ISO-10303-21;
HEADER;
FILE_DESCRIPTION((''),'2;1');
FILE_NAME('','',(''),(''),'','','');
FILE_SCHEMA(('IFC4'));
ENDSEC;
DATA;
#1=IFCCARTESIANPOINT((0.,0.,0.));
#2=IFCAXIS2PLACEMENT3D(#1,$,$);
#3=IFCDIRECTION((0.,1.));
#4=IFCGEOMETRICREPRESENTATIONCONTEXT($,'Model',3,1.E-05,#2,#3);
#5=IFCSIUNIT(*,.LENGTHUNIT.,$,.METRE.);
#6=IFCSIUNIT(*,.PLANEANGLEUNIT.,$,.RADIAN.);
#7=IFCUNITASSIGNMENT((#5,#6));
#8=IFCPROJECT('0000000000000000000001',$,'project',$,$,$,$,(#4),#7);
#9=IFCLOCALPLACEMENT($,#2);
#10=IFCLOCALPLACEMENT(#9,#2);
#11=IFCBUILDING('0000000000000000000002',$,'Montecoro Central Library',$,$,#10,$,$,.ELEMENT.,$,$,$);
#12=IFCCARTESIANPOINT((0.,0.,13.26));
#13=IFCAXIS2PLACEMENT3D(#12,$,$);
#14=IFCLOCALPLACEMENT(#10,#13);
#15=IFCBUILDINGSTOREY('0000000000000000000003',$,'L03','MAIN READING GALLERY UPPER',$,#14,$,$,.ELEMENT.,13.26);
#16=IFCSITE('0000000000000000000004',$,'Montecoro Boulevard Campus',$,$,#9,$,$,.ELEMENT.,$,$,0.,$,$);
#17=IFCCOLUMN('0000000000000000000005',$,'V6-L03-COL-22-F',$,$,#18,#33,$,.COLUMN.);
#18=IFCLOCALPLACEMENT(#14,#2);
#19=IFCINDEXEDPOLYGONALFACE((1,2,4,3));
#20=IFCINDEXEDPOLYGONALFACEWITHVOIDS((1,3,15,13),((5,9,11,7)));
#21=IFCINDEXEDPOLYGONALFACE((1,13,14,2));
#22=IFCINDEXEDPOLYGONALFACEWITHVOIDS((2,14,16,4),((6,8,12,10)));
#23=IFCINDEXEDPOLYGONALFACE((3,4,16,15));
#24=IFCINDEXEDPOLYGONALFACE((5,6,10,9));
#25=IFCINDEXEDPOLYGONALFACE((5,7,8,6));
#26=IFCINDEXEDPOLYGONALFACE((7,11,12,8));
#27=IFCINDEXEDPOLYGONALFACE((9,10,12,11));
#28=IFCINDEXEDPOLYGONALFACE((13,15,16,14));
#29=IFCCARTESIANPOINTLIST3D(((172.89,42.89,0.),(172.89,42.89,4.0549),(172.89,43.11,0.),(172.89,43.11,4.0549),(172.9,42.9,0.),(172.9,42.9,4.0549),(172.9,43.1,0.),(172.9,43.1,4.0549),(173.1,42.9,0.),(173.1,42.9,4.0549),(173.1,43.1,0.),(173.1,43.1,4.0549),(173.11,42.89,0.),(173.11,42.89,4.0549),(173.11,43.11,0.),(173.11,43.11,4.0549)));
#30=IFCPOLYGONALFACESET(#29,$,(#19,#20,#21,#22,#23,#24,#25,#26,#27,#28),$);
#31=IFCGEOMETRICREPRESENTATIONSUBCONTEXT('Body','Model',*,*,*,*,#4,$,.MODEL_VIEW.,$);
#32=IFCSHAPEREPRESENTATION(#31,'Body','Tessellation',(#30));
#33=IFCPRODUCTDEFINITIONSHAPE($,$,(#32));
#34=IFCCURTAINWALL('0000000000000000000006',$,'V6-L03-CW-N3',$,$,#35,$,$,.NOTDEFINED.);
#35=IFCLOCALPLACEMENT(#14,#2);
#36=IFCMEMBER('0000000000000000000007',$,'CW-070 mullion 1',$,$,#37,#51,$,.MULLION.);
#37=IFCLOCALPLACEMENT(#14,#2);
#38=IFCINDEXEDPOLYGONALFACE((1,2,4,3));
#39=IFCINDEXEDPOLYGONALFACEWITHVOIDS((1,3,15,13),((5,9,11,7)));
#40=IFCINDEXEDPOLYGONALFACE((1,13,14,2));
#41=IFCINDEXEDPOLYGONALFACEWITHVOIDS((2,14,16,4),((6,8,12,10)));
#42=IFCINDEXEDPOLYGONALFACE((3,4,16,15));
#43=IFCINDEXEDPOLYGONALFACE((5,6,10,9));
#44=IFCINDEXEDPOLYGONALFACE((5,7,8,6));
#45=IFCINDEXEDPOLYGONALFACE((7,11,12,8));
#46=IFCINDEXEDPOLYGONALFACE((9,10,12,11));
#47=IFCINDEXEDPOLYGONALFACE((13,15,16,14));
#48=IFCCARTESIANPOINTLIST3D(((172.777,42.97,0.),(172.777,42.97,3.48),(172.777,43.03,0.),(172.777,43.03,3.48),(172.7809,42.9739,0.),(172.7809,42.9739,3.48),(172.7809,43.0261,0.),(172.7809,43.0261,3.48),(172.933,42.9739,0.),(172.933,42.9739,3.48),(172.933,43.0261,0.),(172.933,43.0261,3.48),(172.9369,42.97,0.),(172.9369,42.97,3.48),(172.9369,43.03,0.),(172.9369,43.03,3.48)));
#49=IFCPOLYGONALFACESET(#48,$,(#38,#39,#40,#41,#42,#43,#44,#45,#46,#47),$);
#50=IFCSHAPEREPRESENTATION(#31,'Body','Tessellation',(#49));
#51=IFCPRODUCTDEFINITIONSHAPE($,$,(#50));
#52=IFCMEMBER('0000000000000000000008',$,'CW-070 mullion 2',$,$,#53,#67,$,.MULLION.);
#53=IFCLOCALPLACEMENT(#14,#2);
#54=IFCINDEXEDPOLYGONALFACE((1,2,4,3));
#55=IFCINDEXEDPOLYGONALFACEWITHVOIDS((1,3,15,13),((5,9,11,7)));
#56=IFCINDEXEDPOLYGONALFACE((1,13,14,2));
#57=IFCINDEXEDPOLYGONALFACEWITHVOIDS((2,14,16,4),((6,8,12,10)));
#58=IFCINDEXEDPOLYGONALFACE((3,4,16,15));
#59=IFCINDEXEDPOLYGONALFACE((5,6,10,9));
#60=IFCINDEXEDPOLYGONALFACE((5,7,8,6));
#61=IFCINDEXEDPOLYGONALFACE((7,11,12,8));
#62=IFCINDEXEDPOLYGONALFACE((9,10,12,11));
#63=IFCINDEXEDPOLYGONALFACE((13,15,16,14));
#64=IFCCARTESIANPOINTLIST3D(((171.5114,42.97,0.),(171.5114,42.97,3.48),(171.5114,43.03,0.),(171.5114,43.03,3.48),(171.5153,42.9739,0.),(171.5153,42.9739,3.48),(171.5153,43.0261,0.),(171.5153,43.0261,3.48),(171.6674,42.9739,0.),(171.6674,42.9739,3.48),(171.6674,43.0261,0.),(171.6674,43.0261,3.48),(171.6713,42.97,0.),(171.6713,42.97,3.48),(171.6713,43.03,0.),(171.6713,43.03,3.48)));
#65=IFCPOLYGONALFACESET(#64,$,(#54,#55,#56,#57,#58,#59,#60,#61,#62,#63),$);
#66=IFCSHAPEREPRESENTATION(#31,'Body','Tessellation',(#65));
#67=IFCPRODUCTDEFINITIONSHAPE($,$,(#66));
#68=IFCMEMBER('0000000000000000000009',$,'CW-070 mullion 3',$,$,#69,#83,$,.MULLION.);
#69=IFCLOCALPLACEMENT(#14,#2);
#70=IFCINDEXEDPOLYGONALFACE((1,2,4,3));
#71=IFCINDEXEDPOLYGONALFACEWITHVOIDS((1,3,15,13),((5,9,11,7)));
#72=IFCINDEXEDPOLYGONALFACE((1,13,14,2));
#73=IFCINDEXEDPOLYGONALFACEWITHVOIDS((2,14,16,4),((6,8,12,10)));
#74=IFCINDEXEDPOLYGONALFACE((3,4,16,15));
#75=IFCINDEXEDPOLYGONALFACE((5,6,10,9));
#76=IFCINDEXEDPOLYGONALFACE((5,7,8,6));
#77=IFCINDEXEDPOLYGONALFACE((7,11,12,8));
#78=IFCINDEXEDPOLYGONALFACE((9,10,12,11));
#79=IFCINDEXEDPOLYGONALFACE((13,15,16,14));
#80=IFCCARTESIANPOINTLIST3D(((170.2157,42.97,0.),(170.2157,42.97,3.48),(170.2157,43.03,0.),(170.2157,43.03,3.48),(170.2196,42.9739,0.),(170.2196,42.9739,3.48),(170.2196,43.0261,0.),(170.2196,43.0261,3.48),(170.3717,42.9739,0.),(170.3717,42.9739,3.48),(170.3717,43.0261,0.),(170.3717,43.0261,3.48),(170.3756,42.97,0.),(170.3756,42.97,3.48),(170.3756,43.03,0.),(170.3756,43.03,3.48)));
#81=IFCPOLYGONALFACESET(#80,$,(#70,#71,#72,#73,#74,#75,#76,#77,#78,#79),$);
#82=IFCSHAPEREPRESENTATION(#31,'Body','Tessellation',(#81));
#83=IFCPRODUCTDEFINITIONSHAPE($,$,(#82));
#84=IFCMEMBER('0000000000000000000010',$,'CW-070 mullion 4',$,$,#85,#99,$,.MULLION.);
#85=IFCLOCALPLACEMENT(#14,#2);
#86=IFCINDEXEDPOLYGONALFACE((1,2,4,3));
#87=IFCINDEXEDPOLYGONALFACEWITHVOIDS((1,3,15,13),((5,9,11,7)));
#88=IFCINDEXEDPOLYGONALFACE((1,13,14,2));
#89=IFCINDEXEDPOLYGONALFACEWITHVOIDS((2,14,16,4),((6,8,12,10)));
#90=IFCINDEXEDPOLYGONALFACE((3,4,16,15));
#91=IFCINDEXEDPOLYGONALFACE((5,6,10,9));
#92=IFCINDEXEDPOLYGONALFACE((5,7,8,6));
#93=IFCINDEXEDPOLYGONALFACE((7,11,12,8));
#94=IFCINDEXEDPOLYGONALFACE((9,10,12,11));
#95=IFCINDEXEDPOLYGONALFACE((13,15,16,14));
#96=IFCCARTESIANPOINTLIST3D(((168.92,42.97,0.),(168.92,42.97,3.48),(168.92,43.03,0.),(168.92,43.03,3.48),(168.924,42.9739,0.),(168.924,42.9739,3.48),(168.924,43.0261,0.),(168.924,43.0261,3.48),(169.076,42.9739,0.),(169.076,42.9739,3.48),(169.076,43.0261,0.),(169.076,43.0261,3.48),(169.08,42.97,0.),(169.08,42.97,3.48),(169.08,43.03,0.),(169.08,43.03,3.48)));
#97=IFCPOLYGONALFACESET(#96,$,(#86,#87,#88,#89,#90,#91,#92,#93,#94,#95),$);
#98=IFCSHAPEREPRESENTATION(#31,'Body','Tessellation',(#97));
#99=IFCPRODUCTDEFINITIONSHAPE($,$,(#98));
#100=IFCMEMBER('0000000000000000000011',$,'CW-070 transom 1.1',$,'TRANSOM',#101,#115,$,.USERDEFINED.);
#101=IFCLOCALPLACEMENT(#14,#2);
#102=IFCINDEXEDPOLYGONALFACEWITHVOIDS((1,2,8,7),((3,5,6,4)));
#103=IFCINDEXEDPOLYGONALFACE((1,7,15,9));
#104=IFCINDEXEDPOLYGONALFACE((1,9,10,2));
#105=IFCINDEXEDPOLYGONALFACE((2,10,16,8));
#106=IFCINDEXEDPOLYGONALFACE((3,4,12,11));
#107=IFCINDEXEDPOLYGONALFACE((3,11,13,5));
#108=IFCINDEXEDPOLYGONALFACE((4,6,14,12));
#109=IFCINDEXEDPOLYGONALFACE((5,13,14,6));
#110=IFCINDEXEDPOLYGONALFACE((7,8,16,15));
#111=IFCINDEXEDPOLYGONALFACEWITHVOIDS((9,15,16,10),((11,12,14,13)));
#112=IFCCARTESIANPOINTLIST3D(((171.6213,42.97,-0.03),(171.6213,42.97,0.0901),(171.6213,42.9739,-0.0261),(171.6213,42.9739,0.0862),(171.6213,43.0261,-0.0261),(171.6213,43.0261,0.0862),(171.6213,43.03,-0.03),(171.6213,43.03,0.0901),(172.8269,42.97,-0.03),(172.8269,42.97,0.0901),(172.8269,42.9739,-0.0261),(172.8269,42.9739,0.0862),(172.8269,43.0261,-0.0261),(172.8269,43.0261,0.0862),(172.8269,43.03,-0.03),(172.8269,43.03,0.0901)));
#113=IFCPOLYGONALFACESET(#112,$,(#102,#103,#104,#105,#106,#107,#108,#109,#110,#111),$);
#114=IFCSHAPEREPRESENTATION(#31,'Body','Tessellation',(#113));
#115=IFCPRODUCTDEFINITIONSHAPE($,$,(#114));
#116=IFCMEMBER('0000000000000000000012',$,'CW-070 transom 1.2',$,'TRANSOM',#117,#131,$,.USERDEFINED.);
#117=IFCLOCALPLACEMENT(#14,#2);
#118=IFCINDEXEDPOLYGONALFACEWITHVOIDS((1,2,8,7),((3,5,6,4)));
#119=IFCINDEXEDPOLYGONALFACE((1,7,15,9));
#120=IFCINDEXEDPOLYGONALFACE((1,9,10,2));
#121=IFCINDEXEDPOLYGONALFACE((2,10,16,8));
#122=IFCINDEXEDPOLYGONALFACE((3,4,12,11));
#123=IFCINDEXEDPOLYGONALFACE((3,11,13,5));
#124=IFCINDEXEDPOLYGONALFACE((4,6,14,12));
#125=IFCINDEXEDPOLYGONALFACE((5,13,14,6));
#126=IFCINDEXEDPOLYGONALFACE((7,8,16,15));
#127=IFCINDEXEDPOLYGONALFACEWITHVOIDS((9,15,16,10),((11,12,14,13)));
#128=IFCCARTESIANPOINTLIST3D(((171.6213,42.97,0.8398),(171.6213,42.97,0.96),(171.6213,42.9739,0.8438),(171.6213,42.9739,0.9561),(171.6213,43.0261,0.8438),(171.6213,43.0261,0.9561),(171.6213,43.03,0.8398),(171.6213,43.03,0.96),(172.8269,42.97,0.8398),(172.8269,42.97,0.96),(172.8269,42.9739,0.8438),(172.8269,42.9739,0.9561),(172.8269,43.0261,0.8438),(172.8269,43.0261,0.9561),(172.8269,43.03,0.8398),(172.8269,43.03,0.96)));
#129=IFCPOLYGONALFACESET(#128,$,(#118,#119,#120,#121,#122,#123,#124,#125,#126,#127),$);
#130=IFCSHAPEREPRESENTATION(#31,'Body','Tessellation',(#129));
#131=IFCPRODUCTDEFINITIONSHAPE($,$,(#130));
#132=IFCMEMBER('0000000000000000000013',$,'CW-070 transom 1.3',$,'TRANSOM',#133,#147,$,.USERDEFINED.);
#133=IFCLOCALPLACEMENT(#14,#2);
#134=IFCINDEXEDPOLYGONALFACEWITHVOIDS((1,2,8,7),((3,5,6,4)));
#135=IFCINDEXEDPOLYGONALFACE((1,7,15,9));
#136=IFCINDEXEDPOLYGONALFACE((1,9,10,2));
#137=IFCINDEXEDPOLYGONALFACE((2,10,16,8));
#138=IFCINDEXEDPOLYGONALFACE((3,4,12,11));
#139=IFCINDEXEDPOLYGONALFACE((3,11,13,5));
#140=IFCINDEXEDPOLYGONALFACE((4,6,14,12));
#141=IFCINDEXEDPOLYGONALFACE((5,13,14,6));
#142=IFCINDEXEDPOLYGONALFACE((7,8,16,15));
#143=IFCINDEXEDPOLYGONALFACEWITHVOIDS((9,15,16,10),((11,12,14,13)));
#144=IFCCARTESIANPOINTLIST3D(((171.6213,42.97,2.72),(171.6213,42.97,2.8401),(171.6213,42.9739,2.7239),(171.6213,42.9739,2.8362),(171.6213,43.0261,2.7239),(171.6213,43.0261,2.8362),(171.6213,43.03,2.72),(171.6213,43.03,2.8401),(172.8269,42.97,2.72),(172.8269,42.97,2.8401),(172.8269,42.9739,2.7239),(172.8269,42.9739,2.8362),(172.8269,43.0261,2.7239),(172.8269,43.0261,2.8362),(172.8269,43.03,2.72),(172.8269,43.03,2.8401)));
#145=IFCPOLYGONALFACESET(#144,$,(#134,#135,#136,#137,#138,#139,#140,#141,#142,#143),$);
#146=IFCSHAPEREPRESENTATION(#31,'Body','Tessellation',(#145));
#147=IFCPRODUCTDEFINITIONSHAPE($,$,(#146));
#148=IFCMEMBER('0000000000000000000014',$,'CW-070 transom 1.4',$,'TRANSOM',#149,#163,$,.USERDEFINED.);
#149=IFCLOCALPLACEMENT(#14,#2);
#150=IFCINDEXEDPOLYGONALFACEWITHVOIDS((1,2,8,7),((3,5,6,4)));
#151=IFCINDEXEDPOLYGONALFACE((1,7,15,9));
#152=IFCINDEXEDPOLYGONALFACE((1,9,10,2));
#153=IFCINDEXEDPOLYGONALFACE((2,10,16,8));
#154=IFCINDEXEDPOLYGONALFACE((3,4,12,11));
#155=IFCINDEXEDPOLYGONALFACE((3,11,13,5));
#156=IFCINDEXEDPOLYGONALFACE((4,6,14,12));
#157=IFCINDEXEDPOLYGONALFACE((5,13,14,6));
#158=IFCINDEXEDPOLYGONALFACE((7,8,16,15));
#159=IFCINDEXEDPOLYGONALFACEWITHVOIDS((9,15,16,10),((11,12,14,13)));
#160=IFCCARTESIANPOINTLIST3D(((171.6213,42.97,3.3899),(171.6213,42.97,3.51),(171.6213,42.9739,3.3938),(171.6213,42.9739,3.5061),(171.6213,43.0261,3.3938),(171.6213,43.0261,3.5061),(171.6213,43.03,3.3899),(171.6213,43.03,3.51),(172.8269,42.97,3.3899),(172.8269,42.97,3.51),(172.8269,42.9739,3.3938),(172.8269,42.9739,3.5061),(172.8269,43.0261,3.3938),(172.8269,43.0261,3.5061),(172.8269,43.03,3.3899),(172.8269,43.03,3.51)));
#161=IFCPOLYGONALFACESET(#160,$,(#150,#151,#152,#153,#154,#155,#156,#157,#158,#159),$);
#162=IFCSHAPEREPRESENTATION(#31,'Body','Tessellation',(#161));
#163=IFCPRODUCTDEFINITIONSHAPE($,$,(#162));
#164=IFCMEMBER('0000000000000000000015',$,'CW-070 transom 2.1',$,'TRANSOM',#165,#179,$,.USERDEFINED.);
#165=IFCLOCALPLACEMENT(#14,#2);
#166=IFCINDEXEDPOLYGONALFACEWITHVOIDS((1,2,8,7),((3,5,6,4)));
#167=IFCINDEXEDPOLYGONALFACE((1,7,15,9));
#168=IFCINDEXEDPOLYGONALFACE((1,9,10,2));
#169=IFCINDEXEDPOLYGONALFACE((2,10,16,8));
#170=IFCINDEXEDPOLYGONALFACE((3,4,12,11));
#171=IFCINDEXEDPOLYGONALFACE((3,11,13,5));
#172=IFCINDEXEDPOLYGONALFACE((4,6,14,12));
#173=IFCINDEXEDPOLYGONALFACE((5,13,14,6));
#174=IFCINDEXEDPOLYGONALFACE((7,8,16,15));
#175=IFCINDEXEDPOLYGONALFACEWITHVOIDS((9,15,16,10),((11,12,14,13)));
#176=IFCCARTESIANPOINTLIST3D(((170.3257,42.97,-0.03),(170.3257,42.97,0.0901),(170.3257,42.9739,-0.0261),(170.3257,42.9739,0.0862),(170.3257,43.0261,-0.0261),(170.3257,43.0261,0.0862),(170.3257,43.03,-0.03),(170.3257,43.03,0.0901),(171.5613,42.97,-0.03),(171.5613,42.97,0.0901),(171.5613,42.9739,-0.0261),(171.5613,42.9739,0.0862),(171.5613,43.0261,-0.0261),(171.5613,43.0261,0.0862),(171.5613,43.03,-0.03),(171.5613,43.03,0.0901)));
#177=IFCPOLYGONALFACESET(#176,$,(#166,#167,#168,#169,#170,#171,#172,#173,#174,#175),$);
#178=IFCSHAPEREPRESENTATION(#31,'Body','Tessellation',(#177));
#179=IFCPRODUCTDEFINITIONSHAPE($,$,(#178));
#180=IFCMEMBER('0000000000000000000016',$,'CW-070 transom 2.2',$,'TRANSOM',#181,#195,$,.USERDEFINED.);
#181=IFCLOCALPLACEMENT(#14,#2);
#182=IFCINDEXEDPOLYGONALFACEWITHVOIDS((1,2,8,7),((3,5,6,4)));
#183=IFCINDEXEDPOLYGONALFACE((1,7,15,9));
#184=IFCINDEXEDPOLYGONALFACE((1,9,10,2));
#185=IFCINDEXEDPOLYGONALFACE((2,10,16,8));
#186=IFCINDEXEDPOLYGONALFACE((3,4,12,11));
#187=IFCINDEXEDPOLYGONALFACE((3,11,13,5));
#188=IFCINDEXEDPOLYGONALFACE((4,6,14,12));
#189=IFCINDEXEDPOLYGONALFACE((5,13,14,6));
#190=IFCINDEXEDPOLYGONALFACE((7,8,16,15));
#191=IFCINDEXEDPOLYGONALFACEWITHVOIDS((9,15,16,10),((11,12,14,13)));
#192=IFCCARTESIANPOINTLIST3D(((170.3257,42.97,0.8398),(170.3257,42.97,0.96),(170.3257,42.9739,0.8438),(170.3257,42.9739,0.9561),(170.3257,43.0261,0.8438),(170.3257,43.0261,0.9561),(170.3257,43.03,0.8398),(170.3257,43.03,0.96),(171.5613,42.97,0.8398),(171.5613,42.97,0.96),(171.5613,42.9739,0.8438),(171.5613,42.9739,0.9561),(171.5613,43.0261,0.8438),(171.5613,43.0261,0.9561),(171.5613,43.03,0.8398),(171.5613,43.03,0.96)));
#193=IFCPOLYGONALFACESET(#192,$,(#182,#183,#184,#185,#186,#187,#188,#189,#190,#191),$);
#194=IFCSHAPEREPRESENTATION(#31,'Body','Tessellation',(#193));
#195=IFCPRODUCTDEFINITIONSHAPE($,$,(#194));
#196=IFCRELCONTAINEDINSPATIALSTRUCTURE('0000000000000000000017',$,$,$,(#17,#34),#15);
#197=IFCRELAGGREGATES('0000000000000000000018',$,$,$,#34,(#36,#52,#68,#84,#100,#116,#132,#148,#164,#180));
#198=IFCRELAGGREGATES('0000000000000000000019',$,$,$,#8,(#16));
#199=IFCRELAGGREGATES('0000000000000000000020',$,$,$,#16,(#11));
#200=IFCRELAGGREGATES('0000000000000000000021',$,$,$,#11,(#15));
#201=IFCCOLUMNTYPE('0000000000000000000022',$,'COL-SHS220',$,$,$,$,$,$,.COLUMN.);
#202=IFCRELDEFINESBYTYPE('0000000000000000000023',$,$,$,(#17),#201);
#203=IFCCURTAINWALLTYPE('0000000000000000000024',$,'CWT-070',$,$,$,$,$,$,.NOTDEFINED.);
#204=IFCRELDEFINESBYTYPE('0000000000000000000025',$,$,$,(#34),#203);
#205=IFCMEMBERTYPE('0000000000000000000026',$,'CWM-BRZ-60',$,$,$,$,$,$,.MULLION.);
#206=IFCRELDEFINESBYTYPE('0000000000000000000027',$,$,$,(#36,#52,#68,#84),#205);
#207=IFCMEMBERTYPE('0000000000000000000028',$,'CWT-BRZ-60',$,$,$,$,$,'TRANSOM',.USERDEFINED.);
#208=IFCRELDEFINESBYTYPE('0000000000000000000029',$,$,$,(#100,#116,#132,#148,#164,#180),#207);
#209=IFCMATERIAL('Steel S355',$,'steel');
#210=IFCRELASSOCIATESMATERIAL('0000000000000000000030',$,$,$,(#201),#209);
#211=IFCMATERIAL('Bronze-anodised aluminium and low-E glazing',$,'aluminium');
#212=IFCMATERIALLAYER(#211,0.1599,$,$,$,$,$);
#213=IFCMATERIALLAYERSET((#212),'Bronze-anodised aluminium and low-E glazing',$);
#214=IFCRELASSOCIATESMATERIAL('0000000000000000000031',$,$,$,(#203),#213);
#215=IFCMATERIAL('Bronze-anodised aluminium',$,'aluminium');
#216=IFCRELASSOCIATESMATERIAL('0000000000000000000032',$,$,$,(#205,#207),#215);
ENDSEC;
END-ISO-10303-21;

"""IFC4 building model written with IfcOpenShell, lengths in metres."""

from ifc_helpers import new_model, si_unit, direction, frame, origin, origin_2d, place, context, subcontext, project, spatial, hollow_rectangle, extrude, material, layer, layer_set, material_profile, profile_set, type_object, element, aggregate, save


model = new_model("IFC4")

# Units and contexts
model_context = context("Model", 3, precision=1e-05, world=origin(), true_north=direction((0.0, 1.0)))
body_context = subcontext(model_context, "Body", "Model", "MODEL_VIEW")
ifc_project = project(units=[si_unit("LENGTHUNIT", "METRE"), si_unit("PLANEANGLEUNIT", "RADIAN")], contexts=[model_context])

# Site, building, storey
site_placement = place(None, origin())
site = spatial("IfcSite", under=ifc_project, at=site_placement, Name="Montecoro Boulevard Campus", CompositionType="ELEMENT", RefElevation=0.0)
building_placement = place(site_placement, origin())
building = spatial("IfcBuilding", under=site, at=building_placement, Name="Montecoro Central Library", CompositionType="ELEMENT")
storey_placement = place(building_placement, frame((0.0, 0.0, 13.26)))
storey = spatial("IfcBuildingStorey", under=building, at=storey_placement, Name="L03", Description="MAIN READING GALLERY UPPER", CompositionType="ELEMENT", Elevation=13.26)

# Column
ifc_material_1 = material(Name="Steel S355", Category="steel")
ifc_material_profile_1 = material_profile(ifc_material_1, hollow_rectangle(XDim=0.22, YDim=0.22, WallThickness=0.01, at=origin_2d()), Name="SHS 220x220x10.0")
ifc_profile_set_1 = profile_set([ifc_material_profile_1], Name="Steel S355")
column_type = type_object("IfcColumnType", Name="COL-SHS220", PredefinedType="COLUMN", material=ifc_profile_set_1)
column_placement = place(storey_placement, frame((173.0, 43.0, 0.0), z_axis=(0.0, 0.0, 1.0), x_axis=(1.0, 0.0, 0.0)))
element("IfcColumn", 1, at=column_placement, inside=storey, type_object=column_type, Name="V6-L03-COL-22-F", PredefinedType="COLUMN", context=body_context, shape_type="SweptSolid", body=[
    extrude(hollow_rectangle(XDim=0.22, YDim=0.22, WallThickness=0.01, at=origin_2d()), origin(), (0.0, 0.0, 1.0), 4.0549),
])

# Curtain wall, members
ifc_material_2 = material(Name="Bronze-anodised aluminium and low-E glazing", Category="aluminium")
ifc_layer_1 = layer(ifc_material_2, 0.1599)
ifc_layer_set_1 = layer_set([ifc_layer_1], Name="Bronze-anodised aluminium and low-E glazing")
curtain_wall_type = type_object("IfcCurtainWallType", Name="CWT-070", PredefinedType="NOTDEFINED", material=ifc_layer_set_1)
curtain_wall_placement = place(storey_placement, origin())
curtain_wall = element("IfcCurtainWall", 2, at=curtain_wall_placement, inside=storey, type_object=curtain_wall_type, Name="V6-L03-CW-N3", PredefinedType="NOTDEFINED")
ifc_material_3 = material(Name="Bronze-anodised aluminium", Category="aluminium")
ifc_material_profile_2 = material_profile(ifc_material_3, hollow_rectangle(XDim=0.0601, YDim=0.1599, WallThickness=0.0039, at=origin_2d()), Name="CWM 160x60x4.0")
ifc_profile_set_2 = profile_set([ifc_material_profile_2], Name="Bronze-anodised aluminium")
member_type_1 = type_object("IfcMemberType", Name="CWM-BRZ-60", PredefinedType="MULLION", material=ifc_profile_set_2)
member_1_placement = place(storey_placement, frame((172.8569, 43.0, 0.0), z_axis=(0.0, 0.0, 1.0), x_axis=(0.0, -1.0, 0.0)))
member_1 = element("IfcMember", 3, at=member_1_placement, type_object=member_type_1, Name="CW-070 mullion 1", PredefinedType="MULLION", context=body_context, shape_type="SweptSolid", body=[
    extrude(hollow_rectangle(XDim=0.0601, YDim=0.1599, WallThickness=0.0039, at=origin_2d()), origin(), (0.0, 0.0, 1.0), 3.48),
])
member_2_placement = place(storey_placement, frame((171.5913, 43.0, 0.0), z_axis=(0.0, 0.0, 1.0), x_axis=(0.0, -1.0, 0.0)))
member_2 = element("IfcMember", 4, at=member_2_placement, type_object=member_type_1, Name="CW-070 mullion 2", PredefinedType="MULLION", context=body_context, shape_type="SweptSolid", body=[
    extrude(hollow_rectangle(XDim=0.0601, YDim=0.1599, WallThickness=0.0039, at=origin_2d()), origin(), (0.0, 0.0, 1.0), 3.48),
])
member_3_placement = place(storey_placement, frame((170.2957, 43.0, 0.0), z_axis=(0.0, 0.0, 1.0), x_axis=(0.0, -1.0, 0.0)))
member_3 = element("IfcMember", 5, at=member_3_placement, type_object=member_type_1, Name="CW-070 mullion 3", PredefinedType="MULLION", context=body_context, shape_type="SweptSolid", body=[
    extrude(hollow_rectangle(XDim=0.0601, YDim=0.1599, WallThickness=0.0039, at=origin_2d()), origin(), (0.0, 0.0, 1.0), 3.48),
])
member_4_placement = place(storey_placement, frame((169.0, 43.0, 0.0), z_axis=(0.0, 0.0, 1.0), x_axis=(0.0, -1.0, 0.0)))
member_4 = element("IfcMember", 6, at=member_4_placement, type_object=member_type_1, Name="CW-070 mullion 4", PredefinedType="MULLION", context=body_context, shape_type="SweptSolid", body=[
    extrude(hollow_rectangle(XDim=0.0601, YDim=0.1599, WallThickness=0.0039, at=origin_2d()), origin(), (0.0, 0.0, 1.0), 3.48),
])
ifc_material_profile_3 = material_profile(ifc_material_3, hollow_rectangle(XDim=0.0601, YDim=0.1201, WallThickness=0.0039, at=origin_2d()), Name="CWT 120x60x4.0")
ifc_profile_set_3 = profile_set([ifc_material_profile_3], Name="Bronze-anodised aluminium")
member_type_2 = type_object("IfcMemberType", Name="CWT-BRZ-60", ElementType="TRANSOM", PredefinedType="USERDEFINED", material=ifc_profile_set_3)
member_5_placement = place(storey_placement, frame((172.8269, 43.0, 0.03), z_axis=(-1.0, 0.0, 0.0), x_axis=(0.0, -1.0, 0.0)))
member_5 = element("IfcMember", 7, at=member_5_placement, type_object=member_type_2, Name="CW-070 transom 1.1", ObjectType="TRANSOM", PredefinedType="USERDEFINED", context=body_context, shape_type="SweptSolid", body=[
    extrude(hollow_rectangle(XDim=0.0601, YDim=0.1201, WallThickness=0.0039, at=origin_2d()), origin(), (0.0, 0.0, 1.0), 1.2056),
])
member_6_placement = place(storey_placement, frame((172.8269, 43.0, 0.8999), z_axis=(-1.0, 0.0, 0.0), x_axis=(0.0, -1.0, 0.0)))
member_6 = element("IfcMember", 8, at=member_6_placement, type_object=member_type_2, Name="CW-070 transom 1.2", ObjectType="TRANSOM", PredefinedType="USERDEFINED", context=body_context, shape_type="SweptSolid", body=[
    extrude(hollow_rectangle(XDim=0.0601, YDim=0.1201, WallThickness=0.0039, at=origin_2d()), origin(), (0.0, 0.0, 1.0), 1.2056),
])
member_7_placement = place(storey_placement, frame((172.8269, 43.0, 2.78), z_axis=(-1.0, 0.0, 0.0), x_axis=(0.0, -1.0, 0.0)))
member_7 = element("IfcMember", 9, at=member_7_placement, type_object=member_type_2, Name="CW-070 transom 1.3", ObjectType="TRANSOM", PredefinedType="USERDEFINED", context=body_context, shape_type="SweptSolid", body=[
    extrude(hollow_rectangle(XDim=0.0601, YDim=0.1201, WallThickness=0.0039, at=origin_2d()), origin(), (0.0, 0.0, 1.0), 1.2056),
])
member_8_placement = place(storey_placement, frame((172.8269, 43.0, 3.45), z_axis=(-1.0, 0.0, 0.0), x_axis=(0.0, -1.0, 0.0)))
member_8 = element("IfcMember", 10, at=member_8_placement, type_object=member_type_2, Name="CW-070 transom 1.4", ObjectType="TRANSOM", PredefinedType="USERDEFINED", context=body_context, shape_type="SweptSolid", body=[
    extrude(hollow_rectangle(XDim=0.0601, YDim=0.1201, WallThickness=0.0039, at=origin_2d()), origin(), (0.0, 0.0, 1.0), 1.2056),
])
member_9_placement = place(storey_placement, frame((171.5613, 43.0, 0.03), z_axis=(-1.0, 0.0, 0.0), x_axis=(0.0, -1.0, 0.0)))
member_9 = element("IfcMember", 11, at=member_9_placement, type_object=member_type_2, Name="CW-070 transom 2.1", ObjectType="TRANSOM", PredefinedType="USERDEFINED", context=body_context, shape_type="SweptSolid", body=[
    extrude(hollow_rectangle(XDim=0.0601, YDim=0.1201, WallThickness=0.0039, at=origin_2d()), origin(), (0.0, 0.0, 1.0), 1.2356),
])
member_10_placement = place(storey_placement, frame((171.5613, 43.0, 0.8999), z_axis=(-1.0, 0.0, 0.0), x_axis=(0.0, -1.0, 0.0)))
member_10 = element("IfcMember", 12, at=member_10_placement, type_object=member_type_2, Name="CW-070 transom 2.2", ObjectType="TRANSOM", PredefinedType="USERDEFINED", context=body_context, shape_type="SweptSolid", body=[
    extrude(hollow_rectangle(XDim=0.0601, YDim=0.1201, WallThickness=0.0039, at=origin_2d()), origin(), (0.0, 0.0, 1.0), 1.2356),
])
aggregate(curtain_wall, [member_1, member_2, member_3, member_4, member_5, member_6, member_7, member_8, member_9, member_10])

save(model, "model.ifc")
